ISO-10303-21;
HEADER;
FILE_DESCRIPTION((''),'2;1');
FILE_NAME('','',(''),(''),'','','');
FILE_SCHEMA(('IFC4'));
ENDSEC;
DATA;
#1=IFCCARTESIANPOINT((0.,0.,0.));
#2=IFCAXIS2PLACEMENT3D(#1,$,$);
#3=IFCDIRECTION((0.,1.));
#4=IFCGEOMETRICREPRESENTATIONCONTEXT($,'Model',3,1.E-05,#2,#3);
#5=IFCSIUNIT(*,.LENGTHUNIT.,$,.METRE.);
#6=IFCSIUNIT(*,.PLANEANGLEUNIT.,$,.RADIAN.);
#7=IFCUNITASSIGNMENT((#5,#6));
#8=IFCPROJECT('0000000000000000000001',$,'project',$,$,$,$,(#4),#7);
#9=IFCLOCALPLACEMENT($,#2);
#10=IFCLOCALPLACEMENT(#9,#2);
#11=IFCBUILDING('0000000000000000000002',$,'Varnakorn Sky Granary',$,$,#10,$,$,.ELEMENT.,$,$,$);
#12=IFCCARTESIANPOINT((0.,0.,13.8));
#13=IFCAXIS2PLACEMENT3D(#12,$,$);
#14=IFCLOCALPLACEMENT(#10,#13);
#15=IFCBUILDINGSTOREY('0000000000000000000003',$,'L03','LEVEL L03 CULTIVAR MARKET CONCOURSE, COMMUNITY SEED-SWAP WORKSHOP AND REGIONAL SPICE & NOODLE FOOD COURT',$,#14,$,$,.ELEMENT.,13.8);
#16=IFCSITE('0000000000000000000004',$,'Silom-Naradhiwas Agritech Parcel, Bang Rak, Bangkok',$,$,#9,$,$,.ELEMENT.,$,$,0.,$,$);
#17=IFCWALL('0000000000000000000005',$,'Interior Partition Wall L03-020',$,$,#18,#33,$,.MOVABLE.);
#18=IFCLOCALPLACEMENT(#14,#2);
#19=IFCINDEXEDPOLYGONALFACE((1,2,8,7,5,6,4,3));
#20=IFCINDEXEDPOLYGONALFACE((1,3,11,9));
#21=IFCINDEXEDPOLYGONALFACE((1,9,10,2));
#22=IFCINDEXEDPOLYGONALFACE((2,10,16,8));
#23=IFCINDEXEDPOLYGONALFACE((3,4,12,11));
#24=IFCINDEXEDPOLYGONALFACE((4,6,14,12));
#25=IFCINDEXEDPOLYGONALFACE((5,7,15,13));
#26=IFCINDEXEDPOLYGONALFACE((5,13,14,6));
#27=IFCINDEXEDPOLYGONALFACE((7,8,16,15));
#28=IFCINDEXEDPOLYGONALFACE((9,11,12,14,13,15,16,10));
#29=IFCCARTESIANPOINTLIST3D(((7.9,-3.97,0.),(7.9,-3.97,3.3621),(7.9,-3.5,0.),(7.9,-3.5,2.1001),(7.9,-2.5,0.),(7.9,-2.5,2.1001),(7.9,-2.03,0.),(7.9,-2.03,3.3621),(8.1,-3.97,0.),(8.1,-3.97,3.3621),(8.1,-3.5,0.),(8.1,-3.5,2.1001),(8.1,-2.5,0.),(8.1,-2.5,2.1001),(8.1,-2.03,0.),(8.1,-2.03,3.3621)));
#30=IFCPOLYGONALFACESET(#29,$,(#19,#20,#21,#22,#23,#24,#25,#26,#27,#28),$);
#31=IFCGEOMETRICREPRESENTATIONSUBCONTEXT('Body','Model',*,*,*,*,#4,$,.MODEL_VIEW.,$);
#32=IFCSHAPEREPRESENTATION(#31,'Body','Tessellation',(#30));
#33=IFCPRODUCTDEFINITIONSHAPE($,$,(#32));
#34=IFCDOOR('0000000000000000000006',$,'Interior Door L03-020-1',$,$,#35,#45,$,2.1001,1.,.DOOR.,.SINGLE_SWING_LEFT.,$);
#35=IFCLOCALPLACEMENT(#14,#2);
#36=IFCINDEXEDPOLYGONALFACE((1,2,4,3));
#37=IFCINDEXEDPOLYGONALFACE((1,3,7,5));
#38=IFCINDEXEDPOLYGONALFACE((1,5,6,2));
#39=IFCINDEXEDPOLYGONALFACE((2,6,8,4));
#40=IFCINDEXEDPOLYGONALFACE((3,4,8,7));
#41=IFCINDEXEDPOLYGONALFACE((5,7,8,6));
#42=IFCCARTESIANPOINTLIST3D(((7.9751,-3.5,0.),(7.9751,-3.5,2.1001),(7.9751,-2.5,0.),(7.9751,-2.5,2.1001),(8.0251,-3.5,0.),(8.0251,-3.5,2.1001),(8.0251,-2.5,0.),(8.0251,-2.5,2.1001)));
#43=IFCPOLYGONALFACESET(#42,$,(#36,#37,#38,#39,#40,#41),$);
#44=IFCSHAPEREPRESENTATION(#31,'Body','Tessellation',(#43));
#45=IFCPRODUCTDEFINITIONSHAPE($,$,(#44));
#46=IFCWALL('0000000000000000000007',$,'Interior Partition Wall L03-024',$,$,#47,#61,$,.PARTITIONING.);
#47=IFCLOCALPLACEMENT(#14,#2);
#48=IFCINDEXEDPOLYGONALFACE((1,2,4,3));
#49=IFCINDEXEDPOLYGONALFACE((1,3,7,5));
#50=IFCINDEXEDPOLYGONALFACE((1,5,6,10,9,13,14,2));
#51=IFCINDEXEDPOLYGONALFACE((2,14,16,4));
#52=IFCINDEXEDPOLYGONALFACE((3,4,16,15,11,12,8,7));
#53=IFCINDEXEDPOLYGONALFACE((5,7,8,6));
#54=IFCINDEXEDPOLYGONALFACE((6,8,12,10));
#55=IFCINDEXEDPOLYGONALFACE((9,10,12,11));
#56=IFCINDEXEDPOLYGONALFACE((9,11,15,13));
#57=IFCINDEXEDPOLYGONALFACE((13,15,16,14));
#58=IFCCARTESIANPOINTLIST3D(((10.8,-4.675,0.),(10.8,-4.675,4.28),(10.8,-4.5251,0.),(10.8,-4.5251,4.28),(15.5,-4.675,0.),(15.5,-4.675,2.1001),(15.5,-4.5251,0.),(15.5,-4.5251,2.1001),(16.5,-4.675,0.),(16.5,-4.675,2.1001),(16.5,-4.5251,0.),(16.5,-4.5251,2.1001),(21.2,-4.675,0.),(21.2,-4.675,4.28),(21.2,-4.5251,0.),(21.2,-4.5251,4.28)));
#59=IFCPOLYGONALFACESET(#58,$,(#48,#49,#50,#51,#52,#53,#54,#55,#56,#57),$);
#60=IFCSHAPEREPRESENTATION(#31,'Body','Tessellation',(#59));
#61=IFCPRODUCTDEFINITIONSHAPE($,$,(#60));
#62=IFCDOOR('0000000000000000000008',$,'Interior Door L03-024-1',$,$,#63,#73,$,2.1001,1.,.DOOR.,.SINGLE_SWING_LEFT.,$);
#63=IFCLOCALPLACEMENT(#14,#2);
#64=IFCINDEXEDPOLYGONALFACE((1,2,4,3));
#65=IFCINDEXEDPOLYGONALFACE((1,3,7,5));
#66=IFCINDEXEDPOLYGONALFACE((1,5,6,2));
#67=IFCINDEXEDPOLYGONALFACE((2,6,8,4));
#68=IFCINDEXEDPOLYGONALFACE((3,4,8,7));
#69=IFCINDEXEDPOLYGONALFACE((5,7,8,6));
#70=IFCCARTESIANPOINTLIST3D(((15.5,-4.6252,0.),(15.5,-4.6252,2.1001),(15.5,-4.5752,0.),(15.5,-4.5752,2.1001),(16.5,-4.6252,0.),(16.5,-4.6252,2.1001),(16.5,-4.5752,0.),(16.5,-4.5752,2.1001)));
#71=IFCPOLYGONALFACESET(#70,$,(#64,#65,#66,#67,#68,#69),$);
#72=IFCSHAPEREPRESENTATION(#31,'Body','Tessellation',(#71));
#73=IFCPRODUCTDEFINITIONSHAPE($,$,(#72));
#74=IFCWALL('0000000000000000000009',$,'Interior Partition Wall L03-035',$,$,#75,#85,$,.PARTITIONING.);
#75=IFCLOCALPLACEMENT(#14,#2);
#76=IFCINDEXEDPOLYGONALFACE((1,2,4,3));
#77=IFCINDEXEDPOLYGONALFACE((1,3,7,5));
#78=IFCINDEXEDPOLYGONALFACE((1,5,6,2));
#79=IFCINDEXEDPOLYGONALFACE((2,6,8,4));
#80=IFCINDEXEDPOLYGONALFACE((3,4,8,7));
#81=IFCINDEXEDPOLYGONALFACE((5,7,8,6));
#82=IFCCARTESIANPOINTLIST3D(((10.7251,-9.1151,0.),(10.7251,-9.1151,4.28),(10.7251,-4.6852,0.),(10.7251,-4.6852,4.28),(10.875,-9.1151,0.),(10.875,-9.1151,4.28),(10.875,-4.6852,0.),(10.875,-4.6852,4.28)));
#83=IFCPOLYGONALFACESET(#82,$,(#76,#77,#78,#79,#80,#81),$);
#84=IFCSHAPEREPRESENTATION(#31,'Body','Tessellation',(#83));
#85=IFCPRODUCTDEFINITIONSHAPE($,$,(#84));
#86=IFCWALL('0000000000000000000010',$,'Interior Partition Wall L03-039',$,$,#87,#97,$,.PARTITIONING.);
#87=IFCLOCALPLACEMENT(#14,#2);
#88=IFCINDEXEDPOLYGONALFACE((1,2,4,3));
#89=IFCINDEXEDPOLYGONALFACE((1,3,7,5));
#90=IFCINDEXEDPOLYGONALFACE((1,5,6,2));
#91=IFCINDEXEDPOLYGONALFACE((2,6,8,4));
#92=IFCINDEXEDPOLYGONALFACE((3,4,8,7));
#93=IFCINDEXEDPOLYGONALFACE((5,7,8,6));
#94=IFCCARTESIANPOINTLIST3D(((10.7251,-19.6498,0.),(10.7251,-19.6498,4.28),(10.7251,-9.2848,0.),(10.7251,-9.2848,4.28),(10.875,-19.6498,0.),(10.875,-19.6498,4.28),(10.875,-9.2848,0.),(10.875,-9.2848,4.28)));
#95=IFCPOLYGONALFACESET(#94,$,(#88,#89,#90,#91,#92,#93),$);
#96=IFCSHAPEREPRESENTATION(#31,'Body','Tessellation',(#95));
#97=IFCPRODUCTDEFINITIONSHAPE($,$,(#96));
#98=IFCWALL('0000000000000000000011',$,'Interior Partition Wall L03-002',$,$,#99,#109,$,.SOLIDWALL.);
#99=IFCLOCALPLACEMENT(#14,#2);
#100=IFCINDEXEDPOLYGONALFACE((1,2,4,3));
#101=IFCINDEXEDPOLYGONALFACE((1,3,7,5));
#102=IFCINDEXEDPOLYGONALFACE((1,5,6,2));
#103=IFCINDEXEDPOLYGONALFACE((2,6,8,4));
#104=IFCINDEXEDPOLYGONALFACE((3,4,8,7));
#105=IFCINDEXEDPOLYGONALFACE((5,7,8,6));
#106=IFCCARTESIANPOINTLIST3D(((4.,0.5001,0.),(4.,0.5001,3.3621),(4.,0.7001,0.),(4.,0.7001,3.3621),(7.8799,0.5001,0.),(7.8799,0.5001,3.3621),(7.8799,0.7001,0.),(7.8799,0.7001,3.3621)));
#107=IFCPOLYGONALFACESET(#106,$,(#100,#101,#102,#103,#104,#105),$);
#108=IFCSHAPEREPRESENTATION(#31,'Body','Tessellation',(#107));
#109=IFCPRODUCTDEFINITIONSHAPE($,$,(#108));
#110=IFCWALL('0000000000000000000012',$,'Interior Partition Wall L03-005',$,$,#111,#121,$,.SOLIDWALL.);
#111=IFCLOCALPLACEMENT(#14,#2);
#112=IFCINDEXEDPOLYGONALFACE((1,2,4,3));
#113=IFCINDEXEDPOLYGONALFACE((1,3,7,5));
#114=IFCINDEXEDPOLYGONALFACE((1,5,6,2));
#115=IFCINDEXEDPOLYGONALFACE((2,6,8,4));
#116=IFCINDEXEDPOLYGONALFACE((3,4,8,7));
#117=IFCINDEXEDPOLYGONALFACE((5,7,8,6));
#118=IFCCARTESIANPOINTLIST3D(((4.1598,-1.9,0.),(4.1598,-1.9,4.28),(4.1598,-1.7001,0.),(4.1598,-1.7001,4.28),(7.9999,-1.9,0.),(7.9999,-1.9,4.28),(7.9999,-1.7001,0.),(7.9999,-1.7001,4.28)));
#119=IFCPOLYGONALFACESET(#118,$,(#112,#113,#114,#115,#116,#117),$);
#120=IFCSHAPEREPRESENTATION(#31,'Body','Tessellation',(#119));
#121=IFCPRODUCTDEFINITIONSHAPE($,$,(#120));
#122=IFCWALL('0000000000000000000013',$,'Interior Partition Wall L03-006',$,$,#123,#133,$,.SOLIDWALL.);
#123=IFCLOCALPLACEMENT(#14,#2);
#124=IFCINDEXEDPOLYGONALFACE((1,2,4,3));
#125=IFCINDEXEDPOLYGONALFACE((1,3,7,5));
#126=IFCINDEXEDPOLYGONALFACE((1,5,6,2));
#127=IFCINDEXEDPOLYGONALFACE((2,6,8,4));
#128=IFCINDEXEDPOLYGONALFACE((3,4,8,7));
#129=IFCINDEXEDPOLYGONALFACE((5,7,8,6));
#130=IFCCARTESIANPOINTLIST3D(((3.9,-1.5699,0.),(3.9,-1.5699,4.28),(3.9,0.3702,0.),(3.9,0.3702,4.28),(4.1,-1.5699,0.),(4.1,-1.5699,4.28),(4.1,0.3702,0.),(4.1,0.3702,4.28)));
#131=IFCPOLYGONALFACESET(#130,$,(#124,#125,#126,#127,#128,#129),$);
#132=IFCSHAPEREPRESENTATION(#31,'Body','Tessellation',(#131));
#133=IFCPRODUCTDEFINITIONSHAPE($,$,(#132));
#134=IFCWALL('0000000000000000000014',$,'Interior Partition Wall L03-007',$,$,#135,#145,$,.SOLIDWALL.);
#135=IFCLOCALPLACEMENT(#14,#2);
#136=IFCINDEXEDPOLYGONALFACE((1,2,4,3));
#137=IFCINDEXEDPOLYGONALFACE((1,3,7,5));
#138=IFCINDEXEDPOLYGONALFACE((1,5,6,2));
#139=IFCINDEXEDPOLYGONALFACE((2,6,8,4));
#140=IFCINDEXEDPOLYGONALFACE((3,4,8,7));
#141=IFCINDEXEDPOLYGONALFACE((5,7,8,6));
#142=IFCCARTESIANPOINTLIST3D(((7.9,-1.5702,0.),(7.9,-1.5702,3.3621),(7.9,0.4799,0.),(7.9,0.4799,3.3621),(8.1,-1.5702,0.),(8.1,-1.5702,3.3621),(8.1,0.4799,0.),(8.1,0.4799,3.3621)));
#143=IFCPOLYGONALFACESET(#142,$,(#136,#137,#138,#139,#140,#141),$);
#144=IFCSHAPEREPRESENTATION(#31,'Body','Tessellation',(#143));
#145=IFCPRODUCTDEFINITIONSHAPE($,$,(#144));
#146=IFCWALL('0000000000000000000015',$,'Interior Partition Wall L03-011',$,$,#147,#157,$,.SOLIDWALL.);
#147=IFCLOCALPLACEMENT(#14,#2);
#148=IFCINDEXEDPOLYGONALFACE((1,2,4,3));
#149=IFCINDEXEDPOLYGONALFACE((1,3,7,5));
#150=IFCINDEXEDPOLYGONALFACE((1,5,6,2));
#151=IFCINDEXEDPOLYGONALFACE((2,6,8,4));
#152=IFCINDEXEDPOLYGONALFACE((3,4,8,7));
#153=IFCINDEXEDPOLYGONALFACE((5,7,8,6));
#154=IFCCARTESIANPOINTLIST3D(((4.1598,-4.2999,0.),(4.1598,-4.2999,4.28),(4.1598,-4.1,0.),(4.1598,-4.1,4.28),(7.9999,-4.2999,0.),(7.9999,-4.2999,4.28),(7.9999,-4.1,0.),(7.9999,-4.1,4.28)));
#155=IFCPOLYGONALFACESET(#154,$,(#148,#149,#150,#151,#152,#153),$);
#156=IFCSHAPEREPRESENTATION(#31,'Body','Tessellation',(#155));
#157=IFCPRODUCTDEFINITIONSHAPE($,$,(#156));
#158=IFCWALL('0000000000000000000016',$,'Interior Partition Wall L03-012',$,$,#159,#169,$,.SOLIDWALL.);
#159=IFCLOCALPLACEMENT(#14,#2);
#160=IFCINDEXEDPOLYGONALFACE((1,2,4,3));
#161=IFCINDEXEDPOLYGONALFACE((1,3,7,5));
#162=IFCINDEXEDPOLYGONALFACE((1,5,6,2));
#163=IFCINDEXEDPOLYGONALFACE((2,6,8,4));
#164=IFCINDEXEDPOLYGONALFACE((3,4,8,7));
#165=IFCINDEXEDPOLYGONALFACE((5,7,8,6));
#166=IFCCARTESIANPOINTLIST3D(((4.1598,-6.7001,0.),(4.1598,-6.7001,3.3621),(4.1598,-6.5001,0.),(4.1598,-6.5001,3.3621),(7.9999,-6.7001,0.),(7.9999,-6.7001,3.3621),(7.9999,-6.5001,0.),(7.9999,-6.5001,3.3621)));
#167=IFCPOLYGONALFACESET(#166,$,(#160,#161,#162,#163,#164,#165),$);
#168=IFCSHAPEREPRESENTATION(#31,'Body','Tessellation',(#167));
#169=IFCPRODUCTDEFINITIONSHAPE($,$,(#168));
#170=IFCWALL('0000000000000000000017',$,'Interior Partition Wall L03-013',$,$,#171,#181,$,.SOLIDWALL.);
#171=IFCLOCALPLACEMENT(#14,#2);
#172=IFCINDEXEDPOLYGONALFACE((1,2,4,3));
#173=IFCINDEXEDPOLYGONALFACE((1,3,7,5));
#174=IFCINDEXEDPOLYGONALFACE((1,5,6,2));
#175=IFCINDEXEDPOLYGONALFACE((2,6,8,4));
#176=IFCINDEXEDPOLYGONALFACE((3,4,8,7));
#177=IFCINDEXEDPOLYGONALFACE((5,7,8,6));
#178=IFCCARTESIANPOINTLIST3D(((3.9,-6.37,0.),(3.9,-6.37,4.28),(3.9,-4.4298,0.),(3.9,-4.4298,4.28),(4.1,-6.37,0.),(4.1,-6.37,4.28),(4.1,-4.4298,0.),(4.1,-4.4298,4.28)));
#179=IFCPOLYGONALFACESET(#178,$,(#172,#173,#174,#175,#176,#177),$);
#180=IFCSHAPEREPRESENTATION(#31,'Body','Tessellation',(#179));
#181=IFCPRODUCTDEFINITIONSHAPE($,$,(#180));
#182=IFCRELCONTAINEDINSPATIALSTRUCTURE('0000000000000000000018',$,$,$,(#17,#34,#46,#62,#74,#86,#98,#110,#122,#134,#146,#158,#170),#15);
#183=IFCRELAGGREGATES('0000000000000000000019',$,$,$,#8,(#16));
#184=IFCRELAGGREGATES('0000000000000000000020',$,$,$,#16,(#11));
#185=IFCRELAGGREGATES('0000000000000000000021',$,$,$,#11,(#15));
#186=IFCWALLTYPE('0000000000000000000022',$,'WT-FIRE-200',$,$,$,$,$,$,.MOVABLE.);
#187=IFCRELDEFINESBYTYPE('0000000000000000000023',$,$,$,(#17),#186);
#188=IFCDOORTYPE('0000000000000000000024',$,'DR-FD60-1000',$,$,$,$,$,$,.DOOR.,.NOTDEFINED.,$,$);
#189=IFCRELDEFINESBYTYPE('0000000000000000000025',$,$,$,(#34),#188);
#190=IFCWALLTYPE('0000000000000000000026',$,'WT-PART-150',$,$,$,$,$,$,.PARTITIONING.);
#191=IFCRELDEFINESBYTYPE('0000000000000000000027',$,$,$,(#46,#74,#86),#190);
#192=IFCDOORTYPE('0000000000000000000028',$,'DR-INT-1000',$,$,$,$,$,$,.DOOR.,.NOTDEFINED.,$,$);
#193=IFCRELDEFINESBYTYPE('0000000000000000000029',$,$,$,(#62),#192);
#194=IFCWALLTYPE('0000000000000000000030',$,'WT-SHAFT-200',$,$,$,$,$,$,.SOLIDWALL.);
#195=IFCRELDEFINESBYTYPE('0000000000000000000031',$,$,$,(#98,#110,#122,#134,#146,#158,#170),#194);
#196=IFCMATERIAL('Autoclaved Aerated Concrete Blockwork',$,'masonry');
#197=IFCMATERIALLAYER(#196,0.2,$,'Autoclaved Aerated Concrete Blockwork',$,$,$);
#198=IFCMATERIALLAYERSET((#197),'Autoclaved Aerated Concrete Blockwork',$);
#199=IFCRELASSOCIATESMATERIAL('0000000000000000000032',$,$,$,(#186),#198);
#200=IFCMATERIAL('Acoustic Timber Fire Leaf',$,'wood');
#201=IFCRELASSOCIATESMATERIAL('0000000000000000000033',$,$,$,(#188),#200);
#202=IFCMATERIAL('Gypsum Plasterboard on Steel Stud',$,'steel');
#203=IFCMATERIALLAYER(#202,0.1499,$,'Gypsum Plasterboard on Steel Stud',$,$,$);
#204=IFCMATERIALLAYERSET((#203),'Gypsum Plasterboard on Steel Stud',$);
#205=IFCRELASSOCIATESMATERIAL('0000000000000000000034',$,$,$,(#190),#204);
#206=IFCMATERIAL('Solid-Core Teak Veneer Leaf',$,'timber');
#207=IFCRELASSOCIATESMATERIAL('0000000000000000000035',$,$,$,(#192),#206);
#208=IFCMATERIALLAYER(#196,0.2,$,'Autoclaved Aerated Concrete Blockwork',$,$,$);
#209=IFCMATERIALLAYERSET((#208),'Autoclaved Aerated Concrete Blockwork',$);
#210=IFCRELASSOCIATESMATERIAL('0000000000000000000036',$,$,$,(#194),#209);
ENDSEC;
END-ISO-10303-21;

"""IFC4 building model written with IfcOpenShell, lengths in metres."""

from ifc_helpers import new_model, si_unit, direction, frame, frame_2d, origin, place, context, subcontext, project, spatial, rectangle, extrude, material, layer, layer_set, type_object, element, fill, save


model = new_model("IFC4")

# Units and contexts
model_context = context("Model", 3, precision=1e-05, world=origin(), true_north=direction((0.0, 1.0)))
body_context = subcontext(model_context, "Body", "Model", "MODEL_VIEW")
ifc_project = project(units=[si_unit("LENGTHUNIT", "METRE"), si_unit("PLANEANGLEUNIT", "RADIAN")], contexts=[model_context])

# Site, building, storey
site_placement = place(None, origin())
site = spatial("IfcSite", under=ifc_project, at=site_placement, Name="Silom-Naradhiwas Agritech Parcel, Bang Rak, Bangkok", CompositionType="ELEMENT", RefElevation=0.0)
building_placement = place(site_placement, origin())
building = spatial("IfcBuilding", under=site, at=building_placement, Name="Varnakorn Sky Granary", CompositionType="ELEMENT")
storey_placement = place(building_placement, frame((0.0, 0.0, 13.8)))
storey = spatial("IfcBuildingStorey", under=building, at=storey_placement, Name="L03", Description="LEVEL L03 CULTIVAR MARKET CONCOURSE, COMMUNITY SEED-SWAP WORKSHOP AND REGIONAL SPICE & NOODLE FOOD COURT", CompositionType="ELEMENT", Elevation=13.8)

# Walls, openings, doors
ifc_material_1 = material(Name="Autoclaved Aerated Concrete Blockwork", Category="masonry")
ifc_layer_1 = layer(ifc_material_1, 0.2, Name="Autoclaved Aerated Concrete Blockwork")
ifc_layer_set_1 = layer_set([ifc_layer_1], Name="Autoclaved Aerated Concrete Blockwork")
wall_type_1 = type_object("IfcWallType", Name="WT-FIRE-200", PredefinedType="MOVABLE", material=ifc_layer_set_1)
ifc_material_2 = material(Name="Acoustic Timber Fire Leaf", Category="wood")
door_type_1 = type_object("IfcDoorType", Name="DR-FD60-1000", OperationType="NOTDEFINED", PredefinedType="DOOR", material=ifc_material_2)
wall_1_placement = place(storey_placement, frame((8.0, -3.97, 0.0), z_axis=(0.0, 0.0, 1.0), x_axis=(0.0, 1.0, 0.0)))
wall_1 = element("IfcWall", 1, at=wall_1_placement, inside=storey, type_object=wall_type_1, Name="Interior Partition Wall L03-020", PredefinedType="MOVABLE", context=body_context, shape_type="SweptSolid", body=[
    extrude(rectangle(XDim=1.9399, YDim=0.2, at=frame_2d((0.97, 0.0))), origin(), (0.0, 0.0, 1.0), 3.3621),
])
opening_1_placement = place(wall_1_placement, frame((0.47, 0.0, 0.0)))
opening_1 = element("IfcOpeningElement", 2, at=opening_1_placement, cuts=wall_1, PredefinedType="OPENING", context=body_context, shape_type="SweptSolid", body=[
    extrude(rectangle(XDim=1.0, YDim=2.1001, at=frame_2d((0.5, 1.05))), frame((0.0, 0.1099, 0.0), z_axis=(0.0, -1.0, 0.0), x_axis=(1.0, 0.0, 0.0)), (0.0, 0.0, 1.0), 0.22),
])
door_1_placement = place(opening_1_placement, origin())
door_1 = element("IfcDoor", 3, at=door_1_placement, inside=storey, type_object=door_type_1, Name="Interior Door L03-020-1", OperationType="SINGLE_SWING_LEFT", OverallHeight=2.1001, OverallWidth=1.0, PredefinedType="DOOR", context=body_context, shape_type="SweptSolid", body=[
    extrude(rectangle(XDim=1.0, YDim=2.1001, at=frame_2d((0.5, 1.05))), frame((0.0, 0.0249, 0.0), z_axis=(0.0, -1.0, 0.0), x_axis=(1.0, 0.0, 0.0)), (0.0, 0.0, 1.0), 0.05),
])
fill(opening_1, door_1)
ifc_material_3 = material(Name="Gypsum Plasterboard on Steel Stud", Category="steel")
ifc_layer_2 = layer(ifc_material_3, 0.1499, Name="Gypsum Plasterboard on Steel Stud")
ifc_layer_set_2 = layer_set([ifc_layer_2], Name="Gypsum Plasterboard on Steel Stud")
wall_type_2 = type_object("IfcWallType", Name="WT-PART-150", PredefinedType="PARTITIONING", material=ifc_layer_set_2)
wall_2_placement = place(storey_placement, frame((10.8, -4.6001, 0.0), z_axis=(0.0, 0.0, 1.0), x_axis=(1.0, 0.0, 0.0)))
wall_2 = element("IfcWall", 4, at=wall_2_placement, inside=storey, type_object=wall_type_2, Name="Interior Partition Wall L03-024", PredefinedType="PARTITIONING", context=body_context, shape_type="SweptSolid", body=[
    extrude(rectangle(XDim=10.3999, YDim=0.1499, at=frame_2d((5.2, 0.0))), origin(), (0.0, 0.0, 1.0), 4.28),
])
opening_2_placement = place(wall_2_placement, frame((4.7, 0.0, 0.0)))
opening_2 = element("IfcOpeningElement", 5, at=opening_2_placement, cuts=wall_2, PredefinedType="OPENING", context=body_context, shape_type="SweptSolid", body=[
    extrude(rectangle(XDim=1.0, YDim=2.1001, at=frame_2d((0.5, 1.05))), frame((0.0, 0.085, 0.0), z_axis=(0.0, -1.0, 0.0), x_axis=(1.0, 0.0, 0.0)), (0.0, 0.0, 1.0), 0.1699),
])
ifc_material_4 = material(Name="Solid-Core Teak Veneer Leaf", Category="timber")
door_type_2 = type_object("IfcDoorType", Name="DR-INT-1000", OperationType="NOTDEFINED", PredefinedType="DOOR", material=ifc_material_4)
door_2_placement = place(opening_2_placement, origin())
door_2 = element("IfcDoor", 6, at=door_2_placement, inside=storey, type_object=door_type_2, Name="Interior Door L03-024-1", OperationType="SINGLE_SWING_LEFT", OverallHeight=2.1001, OverallWidth=1.0, PredefinedType="DOOR", context=body_context, shape_type="SweptSolid", body=[
    extrude(rectangle(XDim=1.0, YDim=2.1001, at=frame_2d((0.5, 1.05))), frame((0.0, 0.0249, 0.0), z_axis=(0.0, -1.0, 0.0), x_axis=(1.0, 0.0, 0.0)), (0.0, 0.0, 1.0), 0.05),
])
fill(opening_2, door_2)

# Walls
wall_3_placement = place(storey_placement, frame((10.8, -9.115, 0.0), z_axis=(0.0, 0.0, 1.0), x_axis=(0.0, 1.0, 0.0)))
element("IfcWall", 7, at=wall_3_placement, inside=storey, type_object=wall_type_2, Name="Interior Partition Wall L03-035", PredefinedType="PARTITIONING", context=body_context, shape_type="SweptSolid", body=[
    extrude(rectangle(XDim=4.4299, YDim=0.1499, at=frame_2d((2.2148, 0.0))), origin(), (0.0, 0.0, 1.0), 4.28),
])
wall_4_placement = place(storey_placement, frame((10.8, -19.6499, 0.0), z_axis=(0.0, 0.0, 1.0), x_axis=(0.0, 1.0, 0.0)))
element("IfcWall", 8, at=wall_4_placement, inside=storey, type_object=wall_type_2, Name="Interior Partition Wall L03-039", PredefinedType="PARTITIONING", context=body_context, shape_type="SweptSolid", body=[
    extrude(rectangle(XDim=10.365, YDim=0.1499, at=frame_2d((5.1826, 0.0))), origin(), (0.0, 0.0, 1.0), 4.28),
])
ifc_layer_3 = layer(ifc_material_1, 0.2, Name="Autoclaved Aerated Concrete Blockwork")
ifc_layer_set_3 = layer_set([ifc_layer_3], Name="Autoclaved Aerated Concrete Blockwork")
wall_type_3 = type_object("IfcWallType", Name="WT-SHAFT-200", PredefinedType="SOLIDWALL", material=ifc_layer_set_3)
wall_5_placement = place(storey_placement, frame((4.0, 0.6001, 0.0), z_axis=(0.0, 0.0, 1.0), x_axis=(1.0, 0.0, 0.0)))
element("IfcWall", 9, at=wall_5_placement, inside=storey, type_object=wall_type_3, Name="Interior Partition Wall L03-002", PredefinedType="SOLIDWALL", context=body_context, shape_type="SweptSolid", body=[
    extrude(rectangle(XDim=3.8799, YDim=0.2, at=frame_2d((1.9399, 0.0))), origin(), (0.0, 0.0, 1.0), 3.3621),
])
wall_6_placement = place(storey_placement, frame((4.1599, -1.8, 0.0), z_axis=(0.0, 0.0, 1.0), x_axis=(1.0, 0.0, 0.0)))
element("IfcWall", 10, at=wall_6_placement, inside=storey, type_object=wall_type_3, Name="Interior Partition Wall L03-005", PredefinedType="SOLIDWALL", context=body_context, shape_type="SweptSolid", body=[
    extrude(rectangle(XDim=3.8401, YDim=0.2, at=frame_2d((1.9199, 0.0))), origin(), (0.0, 0.0, 1.0), 4.28),
])
wall_7_placement = place(storey_placement, frame((4.0, -1.5701, 0.0), z_axis=(0.0, 0.0, 1.0), x_axis=(0.0, 1.0, 0.0)))
element("IfcWall", 11, at=wall_7_placement, inside=storey, type_object=wall_type_3, Name="Interior Partition Wall L03-006", PredefinedType="SOLIDWALL", context=body_context, shape_type="SweptSolid", body=[
    extrude(rectangle(XDim=1.9402, YDim=0.2, at=frame_2d((0.9702, 0.0))), origin(), (0.0, 0.0, 1.0), 4.28),
])
wall_8_placement = place(storey_placement, frame((8.0, -1.5701, 0.0), z_axis=(0.0, 0.0, 1.0), x_axis=(0.0, 1.0, 0.0)))
element("IfcWall", 12, at=wall_8_placement, inside=storey, type_object=wall_type_3, Name="Interior Partition Wall L03-007", PredefinedType="SOLIDWALL", context=body_context, shape_type="SweptSolid", body=[
    extrude(rectangle(XDim=2.05, YDim=0.2, at=frame_2d((1.0249, 0.0))), origin(), (0.0, 0.0, 1.0), 3.3621),
])
wall_9_placement = place(storey_placement, frame((4.1599, -4.2, 0.0), z_axis=(0.0, 0.0, 1.0), x_axis=(1.0, 0.0, 0.0)))
element("IfcWall", 13, at=wall_9_placement, inside=storey, type_object=wall_type_3, Name="Interior Partition Wall L03-011", PredefinedType="SOLIDWALL", context=body_context, shape_type="SweptSolid", body=[
    extrude(rectangle(XDim=3.8401, YDim=0.2, at=frame_2d((1.9199, 0.0))), origin(), (0.0, 0.0, 1.0), 4.28),
])
wall_10_placement = place(storey_placement, frame((4.1599, -6.6001, 0.0), z_axis=(0.0, 0.0, 1.0), x_axis=(1.0, 0.0, 0.0)))
element("IfcWall", 14, at=wall_10_placement, inside=storey, type_object=wall_type_3, Name="Interior Partition Wall L03-012", PredefinedType="SOLIDWALL", context=body_context, shape_type="SweptSolid", body=[
    extrude(rectangle(XDim=3.8401, YDim=0.2, at=frame_2d((1.9199, 0.0))), origin(), (0.0, 0.0, 1.0), 3.3621),
])
wall_11_placement = place(storey_placement, frame((4.0, -6.3701, 0.0), z_axis=(0.0, 0.0, 1.0), x_axis=(0.0, 1.0, 0.0)))
element("IfcWall", 15, at=wall_11_placement, inside=storey, type_object=wall_type_3, Name="Interior Partition Wall L03-013", PredefinedType="SOLIDWALL", context=body_context, shape_type="SweptSolid", body=[
    extrude(rectangle(XDim=1.9402, YDim=0.2, at=frame_2d((0.9702, 0.0))), origin(), (0.0, 0.0, 1.0), 4.28),
])

save(model, "model.ifc")
